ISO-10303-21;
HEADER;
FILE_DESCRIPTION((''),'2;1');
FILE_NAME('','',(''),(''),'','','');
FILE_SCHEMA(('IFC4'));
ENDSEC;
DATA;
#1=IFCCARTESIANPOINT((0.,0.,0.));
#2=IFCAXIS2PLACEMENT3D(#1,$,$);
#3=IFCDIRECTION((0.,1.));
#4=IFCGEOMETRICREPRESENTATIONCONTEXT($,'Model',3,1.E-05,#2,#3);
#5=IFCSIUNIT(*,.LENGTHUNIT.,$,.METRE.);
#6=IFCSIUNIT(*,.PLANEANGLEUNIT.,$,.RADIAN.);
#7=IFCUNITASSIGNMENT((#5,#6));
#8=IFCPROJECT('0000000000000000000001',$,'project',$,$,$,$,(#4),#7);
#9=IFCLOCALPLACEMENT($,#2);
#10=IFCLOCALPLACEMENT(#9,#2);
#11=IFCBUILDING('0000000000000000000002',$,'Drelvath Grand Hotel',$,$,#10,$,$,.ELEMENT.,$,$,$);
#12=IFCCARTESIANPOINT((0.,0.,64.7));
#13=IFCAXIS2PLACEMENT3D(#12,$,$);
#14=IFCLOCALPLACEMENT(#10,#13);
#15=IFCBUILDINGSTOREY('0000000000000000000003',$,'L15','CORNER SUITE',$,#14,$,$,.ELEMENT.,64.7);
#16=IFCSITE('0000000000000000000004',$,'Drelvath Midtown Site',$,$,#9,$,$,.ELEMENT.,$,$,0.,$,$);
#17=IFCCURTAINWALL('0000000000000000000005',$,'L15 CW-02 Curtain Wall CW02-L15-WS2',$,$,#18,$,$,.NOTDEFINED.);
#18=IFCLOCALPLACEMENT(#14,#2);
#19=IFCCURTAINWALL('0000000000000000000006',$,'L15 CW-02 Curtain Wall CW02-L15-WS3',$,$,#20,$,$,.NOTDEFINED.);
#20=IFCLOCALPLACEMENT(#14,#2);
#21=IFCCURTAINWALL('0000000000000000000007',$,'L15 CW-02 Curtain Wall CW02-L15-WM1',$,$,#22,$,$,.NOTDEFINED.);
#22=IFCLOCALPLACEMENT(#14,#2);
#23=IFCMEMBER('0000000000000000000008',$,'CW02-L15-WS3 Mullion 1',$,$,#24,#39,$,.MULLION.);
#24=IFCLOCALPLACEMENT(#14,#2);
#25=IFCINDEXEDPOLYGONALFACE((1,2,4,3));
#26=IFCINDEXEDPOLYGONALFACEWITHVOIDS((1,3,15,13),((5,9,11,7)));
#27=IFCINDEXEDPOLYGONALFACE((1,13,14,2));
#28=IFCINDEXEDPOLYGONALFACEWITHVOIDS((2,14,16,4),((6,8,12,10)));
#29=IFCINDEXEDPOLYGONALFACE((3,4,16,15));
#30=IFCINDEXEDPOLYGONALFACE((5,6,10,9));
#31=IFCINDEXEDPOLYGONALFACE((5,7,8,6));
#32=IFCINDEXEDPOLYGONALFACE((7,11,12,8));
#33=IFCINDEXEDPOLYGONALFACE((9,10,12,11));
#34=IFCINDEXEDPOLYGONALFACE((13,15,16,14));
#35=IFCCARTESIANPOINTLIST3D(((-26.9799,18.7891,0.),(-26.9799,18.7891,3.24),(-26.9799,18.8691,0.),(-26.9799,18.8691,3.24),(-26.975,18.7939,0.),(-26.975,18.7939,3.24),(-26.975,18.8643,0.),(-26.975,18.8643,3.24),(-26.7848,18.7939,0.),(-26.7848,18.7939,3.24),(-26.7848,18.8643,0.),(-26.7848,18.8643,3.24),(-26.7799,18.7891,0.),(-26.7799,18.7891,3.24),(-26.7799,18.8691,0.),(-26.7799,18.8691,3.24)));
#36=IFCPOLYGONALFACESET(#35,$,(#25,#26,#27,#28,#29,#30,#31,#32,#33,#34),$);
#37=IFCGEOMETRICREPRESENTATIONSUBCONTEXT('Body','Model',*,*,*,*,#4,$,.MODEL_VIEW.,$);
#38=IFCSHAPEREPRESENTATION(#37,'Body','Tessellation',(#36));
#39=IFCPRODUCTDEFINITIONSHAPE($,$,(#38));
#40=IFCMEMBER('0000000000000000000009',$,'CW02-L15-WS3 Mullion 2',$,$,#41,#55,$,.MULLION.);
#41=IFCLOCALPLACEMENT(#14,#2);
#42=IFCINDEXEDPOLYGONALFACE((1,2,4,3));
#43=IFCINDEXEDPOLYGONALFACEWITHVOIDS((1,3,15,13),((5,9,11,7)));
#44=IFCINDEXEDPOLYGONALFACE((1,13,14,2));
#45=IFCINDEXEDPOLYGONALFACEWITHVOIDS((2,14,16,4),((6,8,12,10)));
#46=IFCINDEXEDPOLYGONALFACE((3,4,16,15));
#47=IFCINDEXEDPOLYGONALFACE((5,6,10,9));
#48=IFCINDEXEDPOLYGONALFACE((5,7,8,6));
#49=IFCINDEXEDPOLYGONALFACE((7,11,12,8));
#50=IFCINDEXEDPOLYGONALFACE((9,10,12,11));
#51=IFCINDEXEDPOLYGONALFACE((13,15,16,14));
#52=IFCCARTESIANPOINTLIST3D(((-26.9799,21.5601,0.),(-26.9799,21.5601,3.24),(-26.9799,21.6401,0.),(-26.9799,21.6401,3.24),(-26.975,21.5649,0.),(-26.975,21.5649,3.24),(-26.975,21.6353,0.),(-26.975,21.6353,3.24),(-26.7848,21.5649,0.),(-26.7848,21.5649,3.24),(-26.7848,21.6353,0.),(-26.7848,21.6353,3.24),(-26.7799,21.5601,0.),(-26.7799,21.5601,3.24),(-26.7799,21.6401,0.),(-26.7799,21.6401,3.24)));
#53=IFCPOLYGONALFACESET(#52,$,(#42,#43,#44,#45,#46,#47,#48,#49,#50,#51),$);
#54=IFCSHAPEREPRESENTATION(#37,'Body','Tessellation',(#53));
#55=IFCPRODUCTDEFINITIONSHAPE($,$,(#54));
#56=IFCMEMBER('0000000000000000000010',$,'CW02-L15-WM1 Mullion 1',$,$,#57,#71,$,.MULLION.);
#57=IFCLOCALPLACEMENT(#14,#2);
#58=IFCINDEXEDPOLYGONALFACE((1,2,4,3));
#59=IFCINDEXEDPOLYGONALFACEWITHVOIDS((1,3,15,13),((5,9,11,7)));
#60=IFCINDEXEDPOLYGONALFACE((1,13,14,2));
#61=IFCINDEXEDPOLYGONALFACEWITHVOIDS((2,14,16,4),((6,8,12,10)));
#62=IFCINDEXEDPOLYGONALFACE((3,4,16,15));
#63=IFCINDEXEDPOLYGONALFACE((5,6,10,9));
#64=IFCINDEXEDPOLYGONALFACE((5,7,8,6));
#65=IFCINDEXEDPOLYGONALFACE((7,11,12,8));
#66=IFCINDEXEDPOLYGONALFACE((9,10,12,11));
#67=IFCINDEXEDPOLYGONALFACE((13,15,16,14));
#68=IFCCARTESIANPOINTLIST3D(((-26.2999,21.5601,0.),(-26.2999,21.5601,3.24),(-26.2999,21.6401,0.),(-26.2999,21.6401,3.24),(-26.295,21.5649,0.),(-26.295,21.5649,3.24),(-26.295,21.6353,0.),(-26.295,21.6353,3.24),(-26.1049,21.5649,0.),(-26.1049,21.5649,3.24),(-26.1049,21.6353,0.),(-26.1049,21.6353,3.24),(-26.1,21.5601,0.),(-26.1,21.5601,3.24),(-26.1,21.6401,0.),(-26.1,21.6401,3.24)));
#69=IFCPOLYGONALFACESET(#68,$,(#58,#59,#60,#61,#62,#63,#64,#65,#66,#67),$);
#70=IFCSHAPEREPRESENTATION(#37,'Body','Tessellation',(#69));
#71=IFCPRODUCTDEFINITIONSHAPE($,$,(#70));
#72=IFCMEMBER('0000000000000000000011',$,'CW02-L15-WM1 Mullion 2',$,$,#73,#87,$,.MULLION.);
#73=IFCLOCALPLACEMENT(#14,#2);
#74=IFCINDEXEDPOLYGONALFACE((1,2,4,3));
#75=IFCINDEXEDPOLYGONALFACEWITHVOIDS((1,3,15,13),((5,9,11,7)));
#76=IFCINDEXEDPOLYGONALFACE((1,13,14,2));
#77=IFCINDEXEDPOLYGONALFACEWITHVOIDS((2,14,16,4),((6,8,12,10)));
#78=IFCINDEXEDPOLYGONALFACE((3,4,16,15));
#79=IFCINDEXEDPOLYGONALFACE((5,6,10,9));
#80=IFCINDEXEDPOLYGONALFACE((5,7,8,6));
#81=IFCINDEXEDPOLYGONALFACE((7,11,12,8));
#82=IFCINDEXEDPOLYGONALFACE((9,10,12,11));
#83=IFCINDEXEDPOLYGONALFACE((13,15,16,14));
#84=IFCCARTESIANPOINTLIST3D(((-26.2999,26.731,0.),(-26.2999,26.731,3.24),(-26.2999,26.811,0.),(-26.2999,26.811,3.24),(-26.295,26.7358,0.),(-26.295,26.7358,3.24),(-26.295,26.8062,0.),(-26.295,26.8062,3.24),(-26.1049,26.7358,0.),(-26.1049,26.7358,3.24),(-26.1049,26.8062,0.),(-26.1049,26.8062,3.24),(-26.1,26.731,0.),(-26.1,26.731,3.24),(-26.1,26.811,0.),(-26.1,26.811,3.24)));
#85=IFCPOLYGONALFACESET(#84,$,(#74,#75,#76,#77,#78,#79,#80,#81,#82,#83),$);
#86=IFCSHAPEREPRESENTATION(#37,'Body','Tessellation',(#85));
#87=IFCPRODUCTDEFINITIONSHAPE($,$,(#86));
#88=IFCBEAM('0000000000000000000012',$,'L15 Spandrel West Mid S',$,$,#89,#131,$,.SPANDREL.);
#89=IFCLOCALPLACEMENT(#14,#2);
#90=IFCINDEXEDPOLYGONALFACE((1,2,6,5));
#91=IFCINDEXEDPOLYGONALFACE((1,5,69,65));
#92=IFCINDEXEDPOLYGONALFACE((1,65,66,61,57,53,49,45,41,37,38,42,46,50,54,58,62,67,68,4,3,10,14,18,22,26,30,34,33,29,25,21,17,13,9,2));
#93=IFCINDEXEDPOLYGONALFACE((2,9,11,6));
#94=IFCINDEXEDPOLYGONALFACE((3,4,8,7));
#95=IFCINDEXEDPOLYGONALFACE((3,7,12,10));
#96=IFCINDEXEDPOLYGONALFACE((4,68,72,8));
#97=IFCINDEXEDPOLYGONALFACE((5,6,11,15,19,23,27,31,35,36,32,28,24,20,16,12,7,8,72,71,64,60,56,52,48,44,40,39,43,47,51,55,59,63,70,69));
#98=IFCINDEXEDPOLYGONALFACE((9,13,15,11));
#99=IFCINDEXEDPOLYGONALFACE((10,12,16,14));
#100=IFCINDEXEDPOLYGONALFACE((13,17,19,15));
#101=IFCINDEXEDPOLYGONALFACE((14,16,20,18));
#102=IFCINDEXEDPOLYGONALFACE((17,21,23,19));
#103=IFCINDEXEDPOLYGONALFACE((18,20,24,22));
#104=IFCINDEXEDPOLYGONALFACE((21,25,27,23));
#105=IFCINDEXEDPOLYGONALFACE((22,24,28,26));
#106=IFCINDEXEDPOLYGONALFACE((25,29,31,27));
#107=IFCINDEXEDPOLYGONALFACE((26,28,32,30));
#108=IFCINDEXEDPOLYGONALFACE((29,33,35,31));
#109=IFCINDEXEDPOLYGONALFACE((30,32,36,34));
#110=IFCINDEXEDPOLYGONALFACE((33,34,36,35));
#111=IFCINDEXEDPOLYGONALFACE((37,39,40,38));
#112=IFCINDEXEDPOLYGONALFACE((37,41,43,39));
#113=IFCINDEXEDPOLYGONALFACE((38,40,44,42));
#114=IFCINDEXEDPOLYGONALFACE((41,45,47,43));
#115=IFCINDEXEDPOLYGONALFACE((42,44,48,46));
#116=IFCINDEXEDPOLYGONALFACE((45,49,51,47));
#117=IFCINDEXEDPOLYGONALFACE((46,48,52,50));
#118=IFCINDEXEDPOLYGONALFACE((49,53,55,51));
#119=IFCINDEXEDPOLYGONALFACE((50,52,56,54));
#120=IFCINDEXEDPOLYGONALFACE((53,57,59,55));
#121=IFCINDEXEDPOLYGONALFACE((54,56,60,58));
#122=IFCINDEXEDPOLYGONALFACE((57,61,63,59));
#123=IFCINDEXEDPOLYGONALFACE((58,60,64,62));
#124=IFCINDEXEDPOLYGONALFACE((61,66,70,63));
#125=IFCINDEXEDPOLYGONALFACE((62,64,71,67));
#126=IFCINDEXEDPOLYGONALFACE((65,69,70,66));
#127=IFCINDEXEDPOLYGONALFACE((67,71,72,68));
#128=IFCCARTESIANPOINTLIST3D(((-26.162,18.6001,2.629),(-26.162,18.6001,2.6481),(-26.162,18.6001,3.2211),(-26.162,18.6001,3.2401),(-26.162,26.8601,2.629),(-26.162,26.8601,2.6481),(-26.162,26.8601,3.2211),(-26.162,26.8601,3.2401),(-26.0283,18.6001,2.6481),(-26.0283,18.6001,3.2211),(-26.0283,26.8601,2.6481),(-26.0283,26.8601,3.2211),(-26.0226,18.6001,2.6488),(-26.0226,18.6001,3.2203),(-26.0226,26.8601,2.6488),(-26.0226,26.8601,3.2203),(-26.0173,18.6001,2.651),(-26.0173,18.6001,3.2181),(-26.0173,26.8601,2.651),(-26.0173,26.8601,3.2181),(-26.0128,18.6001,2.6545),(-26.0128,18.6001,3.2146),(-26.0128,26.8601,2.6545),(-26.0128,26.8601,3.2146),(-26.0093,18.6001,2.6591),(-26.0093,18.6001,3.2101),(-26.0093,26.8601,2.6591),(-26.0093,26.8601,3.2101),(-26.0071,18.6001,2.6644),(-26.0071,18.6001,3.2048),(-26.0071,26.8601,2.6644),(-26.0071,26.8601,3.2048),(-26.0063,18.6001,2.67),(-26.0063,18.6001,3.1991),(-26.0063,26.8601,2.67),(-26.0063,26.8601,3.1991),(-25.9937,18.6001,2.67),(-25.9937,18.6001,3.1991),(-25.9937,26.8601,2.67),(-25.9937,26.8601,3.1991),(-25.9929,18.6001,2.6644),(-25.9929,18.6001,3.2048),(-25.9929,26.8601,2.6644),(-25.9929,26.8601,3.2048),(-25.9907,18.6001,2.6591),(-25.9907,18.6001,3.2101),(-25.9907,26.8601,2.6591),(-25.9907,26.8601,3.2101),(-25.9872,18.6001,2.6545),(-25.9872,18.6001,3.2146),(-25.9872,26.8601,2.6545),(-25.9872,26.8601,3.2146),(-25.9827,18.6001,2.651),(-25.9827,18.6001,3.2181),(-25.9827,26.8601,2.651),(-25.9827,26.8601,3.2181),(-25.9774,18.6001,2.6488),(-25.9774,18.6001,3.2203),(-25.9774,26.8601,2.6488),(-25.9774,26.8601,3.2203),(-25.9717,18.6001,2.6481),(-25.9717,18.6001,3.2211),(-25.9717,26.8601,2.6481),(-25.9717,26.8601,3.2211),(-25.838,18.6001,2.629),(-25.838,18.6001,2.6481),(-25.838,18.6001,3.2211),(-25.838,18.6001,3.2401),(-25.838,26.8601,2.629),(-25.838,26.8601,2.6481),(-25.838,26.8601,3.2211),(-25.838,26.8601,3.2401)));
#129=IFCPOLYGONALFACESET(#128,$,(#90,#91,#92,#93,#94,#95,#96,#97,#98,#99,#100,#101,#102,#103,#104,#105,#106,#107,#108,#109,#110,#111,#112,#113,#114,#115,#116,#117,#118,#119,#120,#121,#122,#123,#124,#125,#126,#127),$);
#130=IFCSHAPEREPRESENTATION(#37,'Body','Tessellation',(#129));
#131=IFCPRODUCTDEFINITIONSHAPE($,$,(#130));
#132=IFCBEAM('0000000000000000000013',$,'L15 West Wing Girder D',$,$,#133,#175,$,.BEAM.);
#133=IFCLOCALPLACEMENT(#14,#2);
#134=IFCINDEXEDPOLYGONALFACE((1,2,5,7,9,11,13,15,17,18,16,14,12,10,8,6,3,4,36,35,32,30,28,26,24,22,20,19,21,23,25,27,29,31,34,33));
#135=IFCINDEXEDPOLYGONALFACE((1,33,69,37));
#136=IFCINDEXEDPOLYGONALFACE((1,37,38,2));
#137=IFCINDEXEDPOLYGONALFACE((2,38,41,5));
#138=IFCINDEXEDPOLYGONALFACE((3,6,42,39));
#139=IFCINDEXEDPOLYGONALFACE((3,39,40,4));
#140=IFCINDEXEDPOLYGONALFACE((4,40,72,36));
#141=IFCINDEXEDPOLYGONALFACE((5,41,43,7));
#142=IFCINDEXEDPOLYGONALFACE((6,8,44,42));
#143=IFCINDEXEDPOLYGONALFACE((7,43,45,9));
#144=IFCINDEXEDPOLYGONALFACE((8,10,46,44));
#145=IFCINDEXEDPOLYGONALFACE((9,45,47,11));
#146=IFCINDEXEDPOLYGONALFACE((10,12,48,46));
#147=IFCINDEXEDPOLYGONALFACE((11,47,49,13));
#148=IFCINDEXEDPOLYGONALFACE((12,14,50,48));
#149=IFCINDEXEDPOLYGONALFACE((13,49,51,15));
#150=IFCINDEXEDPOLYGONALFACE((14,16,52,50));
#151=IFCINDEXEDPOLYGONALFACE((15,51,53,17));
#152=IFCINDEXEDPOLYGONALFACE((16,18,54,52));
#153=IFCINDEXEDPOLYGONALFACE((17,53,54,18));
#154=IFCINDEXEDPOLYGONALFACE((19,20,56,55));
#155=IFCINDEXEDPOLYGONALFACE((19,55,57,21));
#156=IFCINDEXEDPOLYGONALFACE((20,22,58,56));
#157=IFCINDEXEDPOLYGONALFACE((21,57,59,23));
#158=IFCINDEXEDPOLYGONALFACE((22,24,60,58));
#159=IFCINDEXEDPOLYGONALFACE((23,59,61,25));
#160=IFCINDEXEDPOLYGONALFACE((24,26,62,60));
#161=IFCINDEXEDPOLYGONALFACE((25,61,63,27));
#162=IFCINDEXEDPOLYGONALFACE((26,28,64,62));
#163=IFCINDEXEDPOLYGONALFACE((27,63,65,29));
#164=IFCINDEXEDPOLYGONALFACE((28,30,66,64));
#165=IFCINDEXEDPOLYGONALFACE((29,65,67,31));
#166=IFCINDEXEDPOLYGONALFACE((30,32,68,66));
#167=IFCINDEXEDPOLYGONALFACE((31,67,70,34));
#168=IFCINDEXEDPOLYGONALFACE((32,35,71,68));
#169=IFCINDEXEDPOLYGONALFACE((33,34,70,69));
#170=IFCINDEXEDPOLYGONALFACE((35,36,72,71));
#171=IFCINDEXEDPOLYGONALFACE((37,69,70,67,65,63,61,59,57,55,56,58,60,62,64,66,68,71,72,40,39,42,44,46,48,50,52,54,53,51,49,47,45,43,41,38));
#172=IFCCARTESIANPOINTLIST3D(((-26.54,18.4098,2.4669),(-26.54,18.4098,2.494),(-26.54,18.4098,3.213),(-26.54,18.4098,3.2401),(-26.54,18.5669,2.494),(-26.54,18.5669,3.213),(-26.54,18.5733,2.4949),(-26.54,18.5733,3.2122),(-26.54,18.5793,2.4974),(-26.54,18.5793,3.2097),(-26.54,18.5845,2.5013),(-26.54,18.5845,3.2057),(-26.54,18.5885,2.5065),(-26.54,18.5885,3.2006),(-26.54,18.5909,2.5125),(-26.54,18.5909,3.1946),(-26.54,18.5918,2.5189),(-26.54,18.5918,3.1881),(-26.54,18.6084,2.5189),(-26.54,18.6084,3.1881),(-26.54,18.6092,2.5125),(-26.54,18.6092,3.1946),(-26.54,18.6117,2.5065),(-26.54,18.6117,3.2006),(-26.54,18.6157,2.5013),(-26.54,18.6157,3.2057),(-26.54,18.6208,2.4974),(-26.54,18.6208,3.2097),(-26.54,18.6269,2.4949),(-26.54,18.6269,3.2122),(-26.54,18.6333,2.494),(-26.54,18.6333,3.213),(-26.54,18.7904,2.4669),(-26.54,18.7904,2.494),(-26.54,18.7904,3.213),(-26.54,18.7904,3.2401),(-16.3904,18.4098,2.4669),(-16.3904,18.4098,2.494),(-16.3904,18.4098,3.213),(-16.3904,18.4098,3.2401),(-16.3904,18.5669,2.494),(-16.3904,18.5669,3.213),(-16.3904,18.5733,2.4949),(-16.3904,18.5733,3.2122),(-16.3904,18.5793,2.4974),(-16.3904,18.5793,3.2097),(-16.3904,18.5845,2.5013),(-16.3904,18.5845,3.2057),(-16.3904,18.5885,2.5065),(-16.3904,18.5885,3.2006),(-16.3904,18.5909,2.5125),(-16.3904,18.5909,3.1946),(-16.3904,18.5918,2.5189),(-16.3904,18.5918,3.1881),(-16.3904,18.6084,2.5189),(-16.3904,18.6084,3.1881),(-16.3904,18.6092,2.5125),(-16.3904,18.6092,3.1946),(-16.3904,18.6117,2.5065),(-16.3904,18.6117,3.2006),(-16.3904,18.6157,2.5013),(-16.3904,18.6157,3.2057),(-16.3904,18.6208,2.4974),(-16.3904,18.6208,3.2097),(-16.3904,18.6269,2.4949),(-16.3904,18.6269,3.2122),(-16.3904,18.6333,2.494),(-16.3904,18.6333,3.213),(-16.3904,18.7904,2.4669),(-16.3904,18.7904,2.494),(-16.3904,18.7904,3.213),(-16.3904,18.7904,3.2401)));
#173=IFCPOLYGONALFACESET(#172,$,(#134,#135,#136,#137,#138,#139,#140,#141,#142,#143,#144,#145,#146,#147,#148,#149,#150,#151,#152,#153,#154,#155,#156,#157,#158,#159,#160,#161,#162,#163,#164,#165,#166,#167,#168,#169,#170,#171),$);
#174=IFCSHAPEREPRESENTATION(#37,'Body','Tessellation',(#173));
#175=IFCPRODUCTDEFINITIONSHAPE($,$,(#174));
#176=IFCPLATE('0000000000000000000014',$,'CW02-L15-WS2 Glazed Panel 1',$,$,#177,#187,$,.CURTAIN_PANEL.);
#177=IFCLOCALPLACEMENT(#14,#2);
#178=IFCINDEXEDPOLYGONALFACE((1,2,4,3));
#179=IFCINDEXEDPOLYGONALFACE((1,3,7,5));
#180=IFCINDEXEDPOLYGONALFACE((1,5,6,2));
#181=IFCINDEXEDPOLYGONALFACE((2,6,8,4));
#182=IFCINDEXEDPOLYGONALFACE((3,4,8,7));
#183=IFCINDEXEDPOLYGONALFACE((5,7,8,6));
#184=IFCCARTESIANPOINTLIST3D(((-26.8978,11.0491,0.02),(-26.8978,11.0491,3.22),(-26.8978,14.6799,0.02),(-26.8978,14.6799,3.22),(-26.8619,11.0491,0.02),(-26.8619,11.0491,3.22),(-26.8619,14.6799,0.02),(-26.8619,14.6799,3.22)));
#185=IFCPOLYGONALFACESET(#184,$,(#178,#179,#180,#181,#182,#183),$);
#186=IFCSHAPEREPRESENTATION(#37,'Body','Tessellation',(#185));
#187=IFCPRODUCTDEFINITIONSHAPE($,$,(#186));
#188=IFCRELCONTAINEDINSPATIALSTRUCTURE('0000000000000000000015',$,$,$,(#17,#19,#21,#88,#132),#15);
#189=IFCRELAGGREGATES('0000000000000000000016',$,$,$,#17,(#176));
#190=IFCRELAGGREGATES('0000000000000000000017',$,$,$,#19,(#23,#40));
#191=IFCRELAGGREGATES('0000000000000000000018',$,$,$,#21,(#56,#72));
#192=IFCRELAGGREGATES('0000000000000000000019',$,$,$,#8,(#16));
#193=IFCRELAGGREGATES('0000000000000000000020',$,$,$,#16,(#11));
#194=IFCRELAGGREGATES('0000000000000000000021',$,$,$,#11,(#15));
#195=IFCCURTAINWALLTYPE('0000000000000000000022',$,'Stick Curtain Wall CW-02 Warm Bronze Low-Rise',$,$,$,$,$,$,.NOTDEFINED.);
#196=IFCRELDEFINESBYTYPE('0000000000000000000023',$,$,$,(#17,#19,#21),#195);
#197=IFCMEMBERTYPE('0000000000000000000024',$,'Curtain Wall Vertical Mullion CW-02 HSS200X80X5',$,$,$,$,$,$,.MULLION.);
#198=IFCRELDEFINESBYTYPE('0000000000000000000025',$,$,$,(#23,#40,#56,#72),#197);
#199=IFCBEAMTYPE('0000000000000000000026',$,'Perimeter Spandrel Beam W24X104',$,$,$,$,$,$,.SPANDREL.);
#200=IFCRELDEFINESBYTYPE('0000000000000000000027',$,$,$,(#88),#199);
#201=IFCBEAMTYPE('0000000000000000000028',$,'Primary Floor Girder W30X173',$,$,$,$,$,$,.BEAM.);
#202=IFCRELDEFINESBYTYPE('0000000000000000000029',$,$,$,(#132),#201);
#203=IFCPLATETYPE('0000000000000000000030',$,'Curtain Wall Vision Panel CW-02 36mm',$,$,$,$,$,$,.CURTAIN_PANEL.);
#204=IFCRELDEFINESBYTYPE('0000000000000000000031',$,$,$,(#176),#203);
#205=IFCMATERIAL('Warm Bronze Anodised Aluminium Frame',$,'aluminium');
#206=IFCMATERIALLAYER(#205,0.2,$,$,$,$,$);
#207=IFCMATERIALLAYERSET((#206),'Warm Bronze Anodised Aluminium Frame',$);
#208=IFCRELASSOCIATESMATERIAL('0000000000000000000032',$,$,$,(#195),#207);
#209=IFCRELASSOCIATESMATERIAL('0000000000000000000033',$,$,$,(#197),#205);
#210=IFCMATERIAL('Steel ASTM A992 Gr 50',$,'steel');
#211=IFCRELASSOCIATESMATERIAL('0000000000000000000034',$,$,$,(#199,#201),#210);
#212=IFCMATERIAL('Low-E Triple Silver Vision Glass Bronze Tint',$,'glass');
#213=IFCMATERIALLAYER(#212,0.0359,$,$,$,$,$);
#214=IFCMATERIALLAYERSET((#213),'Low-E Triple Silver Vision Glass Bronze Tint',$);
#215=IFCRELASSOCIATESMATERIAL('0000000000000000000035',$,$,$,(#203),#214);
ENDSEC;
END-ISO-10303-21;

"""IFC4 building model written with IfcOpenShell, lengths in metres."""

from ifc_helpers import new_model, si_unit, direction, frame, origin, origin_2d, place, context, subcontext, project, spatial, rectangle, hollow_rectangle, i_section, extrude, material, layer, layer_set, material_profile, profile_set, type_object, element, aggregate, save


model = new_model("IFC4")

# Units and contexts
model_context = context("Model", 3, precision=1e-05, world=origin(), true_north=direction((0.0, 1.0)))
body_context = subcontext(model_context, "Body", "Model", "MODEL_VIEW")
ifc_project = project(units=[si_unit("LENGTHUNIT", "METRE"), si_unit("PLANEANGLEUNIT", "RADIAN")], contexts=[model_context])

# Site, building, storey
site_placement = place(None, origin())
site = spatial("IfcSite", under=ifc_project, at=site_placement, Name="Drelvath Midtown Site", CompositionType="ELEMENT", RefElevation=0.0)
building_placement = place(site_placement, origin())
building = spatial("IfcBuilding", under=site, at=building_placement, Name="Drelvath Grand Hotel", CompositionType="ELEMENT")
storey_placement = place(building_placement, frame((0.0, 0.0, 64.7)))
storey = spatial("IfcBuildingStorey", under=building, at=storey_placement, Name="L15", Description="CORNER SUITE", CompositionType="ELEMENT", Elevation=64.7)

# Shared definitions
ifc_material_1 = material(Name="Steel ASTM A992 Gr 50", Category="steel")

# Curtain walls
ifc_material_2 = material(Name="Warm Bronze Anodised Aluminium Frame", Category="aluminium")
ifc_layer_1 = layer(ifc_material_2, 0.2)
ifc_layer_set_1 = layer_set([ifc_layer_1], Name="Warm Bronze Anodised Aluminium Frame")
curtain_wall_type = type_object("IfcCurtainWallType", Name="Stick Curtain Wall CW-02 Warm Bronze Low-Rise", PredefinedType="NOTDEFINED", material=ifc_layer_set_1)
curtain_wall_1_placement = place(storey_placement, origin())
curtain_wall_1 = element("IfcCurtainWall", 1, at=curtain_wall_1_placement, inside=storey, type_object=curtain_wall_type, Name="L15 CW-02 Curtain Wall CW02-L15-WS2", PredefinedType="NOTDEFINED")
curtain_wall_2_placement = place(storey_placement, origin())
curtain_wall_2 = element("IfcCurtainWall", 2, at=curtain_wall_2_placement, inside=storey, type_object=curtain_wall_type, Name="L15 CW-02 Curtain Wall CW02-L15-WS3", PredefinedType="NOTDEFINED")
curtain_wall_3_placement = place(storey_placement, origin())
curtain_wall_3 = element("IfcCurtainWall", 3, at=curtain_wall_3_placement, inside=storey, type_object=curtain_wall_type, Name="L15 CW-02 Curtain Wall CW02-L15-WM1", PredefinedType="NOTDEFINED")

# Members
ifc_material_profile_1 = material_profile(ifc_material_2, hollow_rectangle(XDim=0.0801, YDim=0.2, WallThickness=0.0049, at=origin_2d()), Name="HSS200X80X5")
ifc_profile_set_1 = profile_set([ifc_material_profile_1], Name="Warm Bronze Anodised Aluminium Frame")
member_type_1 = type_object("IfcMemberType", Name="Curtain Wall Vertical Mullion CW-02 HSS200X80X5", PredefinedType="MULLION", material=ifc_profile_set_1)
member_1_placement = place(storey_placement, frame((-26.8799, 18.8291, 0.0), z_axis=(0.0, 0.0, 1.0), x_axis=(0.0, 1.0, 0.0)))
member_1 = element("IfcMember", 4, at=member_1_placement, type_object=member_type_1, Name="CW02-L15-WS3 Mullion 1", PredefinedType="MULLION", context=body_context, shape_type="SweptSolid", body=[
    extrude(hollow_rectangle(XDim=0.0801, YDim=0.2, WallThickness=0.0049, at=origin_2d()), origin(), (0.0, 0.0, 1.0), 3.24),
])
member_2_placement = place(storey_placement, frame((-26.8799, 21.6001, 0.0), z_axis=(0.0, 0.0, 1.0), x_axis=(0.0, 1.0, 0.0)))
member_2 = element("IfcMember", 5, at=member_2_placement, type_object=member_type_1, Name="CW02-L15-WS3 Mullion 2", PredefinedType="MULLION", context=body_context, shape_type="SweptSolid", body=[
    extrude(hollow_rectangle(XDim=0.0801, YDim=0.2, WallThickness=0.0049, at=origin_2d()), origin(), (0.0, 0.0, 1.0), 3.24),
])
member_3_placement = place(storey_placement, frame((-26.2, 21.6001, 0.0), z_axis=(0.0, 0.0, 1.0), x_axis=(0.0, 1.0, 0.0)))
member_3 = element("IfcMember", 6, at=member_3_placement, type_object=member_type_1, Name="CW02-L15-WM1 Mullion 1", PredefinedType="MULLION", context=body_context, shape_type="SweptSolid", body=[
    extrude(hollow_rectangle(XDim=0.0801, YDim=0.2, WallThickness=0.0049, at=origin_2d()), origin(), (0.0, 0.0, 1.0), 3.24),
])
member_4_placement = place(storey_placement, frame((-26.2, 26.771, 0.0), z_axis=(0.0, 0.0, 1.0), x_axis=(0.0, 1.0, 0.0)))
member_4 = element("IfcMember", 7, at=member_4_placement, type_object=member_type_1, Name="CW02-L15-WM1 Mullion 2", PredefinedType="MULLION", context=body_context, shape_type="SweptSolid", body=[
    extrude(hollow_rectangle(XDim=0.0801, YDim=0.2, WallThickness=0.0049, at=origin_2d()), origin(), (0.0, 0.0, 1.0), 3.24),
])

# Beams
ifc_material_profile_2 = material_profile(ifc_material_1, i_section(OverallWidth=0.324, OverallDepth=0.6111, WebThickness=0.0127, FlangeThickness=0.019, FilletRadius=0.022, at=origin_2d()), Name="W24X104")
ifc_profile_set_2 = profile_set([ifc_material_profile_2], Name="Steel ASTM A992 Gr 50")
beam_type_1 = type_object("IfcBeamType", Name="Perimeter Spandrel Beam W24X104", PredefinedType="SPANDREL", material=ifc_profile_set_2)
beam_1_placement = place(storey_placement, frame((-26.0, 18.6001, 2.9346), z_axis=(0.0, 1.0, 0.0), x_axis=(-1.0, 0.0, 0.0)))
element("IfcBeam", 8, at=beam_1_placement, inside=storey, type_object=beam_type_1, Name="L15 Spandrel West Mid S", PredefinedType="SPANDREL", context=body_context, shape_type="SweptSolid", body=[
    extrude(i_section(OverallWidth=0.324, OverallDepth=0.6111, WebThickness=0.0127, FlangeThickness=0.019, FilletRadius=0.022, at=origin_2d()), origin(), (0.0, 0.0, 1.0), 8.26),
])
ifc_material_profile_3 = material_profile(ifc_material_1, i_section(OverallWidth=0.3806, OverallDepth=0.7732, WebThickness=0.0166, FlangeThickness=0.0271, FilletRadius=0.0249, at=origin_2d()), Name="W30X173")
ifc_profile_set_3 = profile_set([ifc_material_profile_3], Name="Steel ASTM A992 Gr 50")
beam_type_2 = type_object("IfcBeamType", Name="Primary Floor Girder W30X173", PredefinedType="BEAM", material=ifc_profile_set_3)
beam_2_placement = place(storey_placement, frame((-26.54, 18.6001, 2.8535), z_axis=(1.0, 0.0, 0.0), x_axis=(0.0, 1.0, 0.0)))
element("IfcBeam", 9, at=beam_2_placement, inside=storey, type_object=beam_type_2, Name="L15 West Wing Girder D", PredefinedType="BEAM", context=body_context, shape_type="SweptSolid", body=[
    extrude(i_section(OverallWidth=0.3806, OverallDepth=0.7732, WebThickness=0.0166, FlangeThickness=0.0271, FilletRadius=0.0249, at=origin_2d()), origin(), (0.0, 0.0, 1.0), 10.1497),
])

# Plate
ifc_material_3 = material(Name="Low-E Triple Silver Vision Glass Bronze Tint", Category="glass")
ifc_layer_2 = layer(ifc_material_3, 0.0359)
ifc_layer_set_2 = layer_set([ifc_layer_2], Name="Low-E Triple Silver Vision Glass Bronze Tint")
plate_type = type_object("IfcPlateType", Name="Curtain Wall Vision Panel CW-02 36mm", PredefinedType="CURTAIN_PANEL", material=ifc_layer_set_2)
plate_1_placement = place(storey_placement, frame((-26.8799, 12.8645, 0.02), z_axis=(0.0, 0.0, 1.0), x_axis=(0.0, 1.0, 0.0)))
plate_1 = element("IfcPlate", 10, at=plate_1_placement, type_object=plate_type, Name="CW02-L15-WS2 Glazed Panel 1", PredefinedType="CURTAIN_PANEL", context=body_context, shape_type="SweptSolid", body=[
    extrude(rectangle(XDim=3.6309, YDim=0.0359, at=origin_2d()), origin(), (0.0, 0.0, 1.0), 3.2),
])
aggregate(curtain_wall_1, [plate_1])
aggregate(curtain_wall_2, [member_1, member_2])
aggregate(curtain_wall_3, [member_3, member_4])

save(model, "model.ifc")
